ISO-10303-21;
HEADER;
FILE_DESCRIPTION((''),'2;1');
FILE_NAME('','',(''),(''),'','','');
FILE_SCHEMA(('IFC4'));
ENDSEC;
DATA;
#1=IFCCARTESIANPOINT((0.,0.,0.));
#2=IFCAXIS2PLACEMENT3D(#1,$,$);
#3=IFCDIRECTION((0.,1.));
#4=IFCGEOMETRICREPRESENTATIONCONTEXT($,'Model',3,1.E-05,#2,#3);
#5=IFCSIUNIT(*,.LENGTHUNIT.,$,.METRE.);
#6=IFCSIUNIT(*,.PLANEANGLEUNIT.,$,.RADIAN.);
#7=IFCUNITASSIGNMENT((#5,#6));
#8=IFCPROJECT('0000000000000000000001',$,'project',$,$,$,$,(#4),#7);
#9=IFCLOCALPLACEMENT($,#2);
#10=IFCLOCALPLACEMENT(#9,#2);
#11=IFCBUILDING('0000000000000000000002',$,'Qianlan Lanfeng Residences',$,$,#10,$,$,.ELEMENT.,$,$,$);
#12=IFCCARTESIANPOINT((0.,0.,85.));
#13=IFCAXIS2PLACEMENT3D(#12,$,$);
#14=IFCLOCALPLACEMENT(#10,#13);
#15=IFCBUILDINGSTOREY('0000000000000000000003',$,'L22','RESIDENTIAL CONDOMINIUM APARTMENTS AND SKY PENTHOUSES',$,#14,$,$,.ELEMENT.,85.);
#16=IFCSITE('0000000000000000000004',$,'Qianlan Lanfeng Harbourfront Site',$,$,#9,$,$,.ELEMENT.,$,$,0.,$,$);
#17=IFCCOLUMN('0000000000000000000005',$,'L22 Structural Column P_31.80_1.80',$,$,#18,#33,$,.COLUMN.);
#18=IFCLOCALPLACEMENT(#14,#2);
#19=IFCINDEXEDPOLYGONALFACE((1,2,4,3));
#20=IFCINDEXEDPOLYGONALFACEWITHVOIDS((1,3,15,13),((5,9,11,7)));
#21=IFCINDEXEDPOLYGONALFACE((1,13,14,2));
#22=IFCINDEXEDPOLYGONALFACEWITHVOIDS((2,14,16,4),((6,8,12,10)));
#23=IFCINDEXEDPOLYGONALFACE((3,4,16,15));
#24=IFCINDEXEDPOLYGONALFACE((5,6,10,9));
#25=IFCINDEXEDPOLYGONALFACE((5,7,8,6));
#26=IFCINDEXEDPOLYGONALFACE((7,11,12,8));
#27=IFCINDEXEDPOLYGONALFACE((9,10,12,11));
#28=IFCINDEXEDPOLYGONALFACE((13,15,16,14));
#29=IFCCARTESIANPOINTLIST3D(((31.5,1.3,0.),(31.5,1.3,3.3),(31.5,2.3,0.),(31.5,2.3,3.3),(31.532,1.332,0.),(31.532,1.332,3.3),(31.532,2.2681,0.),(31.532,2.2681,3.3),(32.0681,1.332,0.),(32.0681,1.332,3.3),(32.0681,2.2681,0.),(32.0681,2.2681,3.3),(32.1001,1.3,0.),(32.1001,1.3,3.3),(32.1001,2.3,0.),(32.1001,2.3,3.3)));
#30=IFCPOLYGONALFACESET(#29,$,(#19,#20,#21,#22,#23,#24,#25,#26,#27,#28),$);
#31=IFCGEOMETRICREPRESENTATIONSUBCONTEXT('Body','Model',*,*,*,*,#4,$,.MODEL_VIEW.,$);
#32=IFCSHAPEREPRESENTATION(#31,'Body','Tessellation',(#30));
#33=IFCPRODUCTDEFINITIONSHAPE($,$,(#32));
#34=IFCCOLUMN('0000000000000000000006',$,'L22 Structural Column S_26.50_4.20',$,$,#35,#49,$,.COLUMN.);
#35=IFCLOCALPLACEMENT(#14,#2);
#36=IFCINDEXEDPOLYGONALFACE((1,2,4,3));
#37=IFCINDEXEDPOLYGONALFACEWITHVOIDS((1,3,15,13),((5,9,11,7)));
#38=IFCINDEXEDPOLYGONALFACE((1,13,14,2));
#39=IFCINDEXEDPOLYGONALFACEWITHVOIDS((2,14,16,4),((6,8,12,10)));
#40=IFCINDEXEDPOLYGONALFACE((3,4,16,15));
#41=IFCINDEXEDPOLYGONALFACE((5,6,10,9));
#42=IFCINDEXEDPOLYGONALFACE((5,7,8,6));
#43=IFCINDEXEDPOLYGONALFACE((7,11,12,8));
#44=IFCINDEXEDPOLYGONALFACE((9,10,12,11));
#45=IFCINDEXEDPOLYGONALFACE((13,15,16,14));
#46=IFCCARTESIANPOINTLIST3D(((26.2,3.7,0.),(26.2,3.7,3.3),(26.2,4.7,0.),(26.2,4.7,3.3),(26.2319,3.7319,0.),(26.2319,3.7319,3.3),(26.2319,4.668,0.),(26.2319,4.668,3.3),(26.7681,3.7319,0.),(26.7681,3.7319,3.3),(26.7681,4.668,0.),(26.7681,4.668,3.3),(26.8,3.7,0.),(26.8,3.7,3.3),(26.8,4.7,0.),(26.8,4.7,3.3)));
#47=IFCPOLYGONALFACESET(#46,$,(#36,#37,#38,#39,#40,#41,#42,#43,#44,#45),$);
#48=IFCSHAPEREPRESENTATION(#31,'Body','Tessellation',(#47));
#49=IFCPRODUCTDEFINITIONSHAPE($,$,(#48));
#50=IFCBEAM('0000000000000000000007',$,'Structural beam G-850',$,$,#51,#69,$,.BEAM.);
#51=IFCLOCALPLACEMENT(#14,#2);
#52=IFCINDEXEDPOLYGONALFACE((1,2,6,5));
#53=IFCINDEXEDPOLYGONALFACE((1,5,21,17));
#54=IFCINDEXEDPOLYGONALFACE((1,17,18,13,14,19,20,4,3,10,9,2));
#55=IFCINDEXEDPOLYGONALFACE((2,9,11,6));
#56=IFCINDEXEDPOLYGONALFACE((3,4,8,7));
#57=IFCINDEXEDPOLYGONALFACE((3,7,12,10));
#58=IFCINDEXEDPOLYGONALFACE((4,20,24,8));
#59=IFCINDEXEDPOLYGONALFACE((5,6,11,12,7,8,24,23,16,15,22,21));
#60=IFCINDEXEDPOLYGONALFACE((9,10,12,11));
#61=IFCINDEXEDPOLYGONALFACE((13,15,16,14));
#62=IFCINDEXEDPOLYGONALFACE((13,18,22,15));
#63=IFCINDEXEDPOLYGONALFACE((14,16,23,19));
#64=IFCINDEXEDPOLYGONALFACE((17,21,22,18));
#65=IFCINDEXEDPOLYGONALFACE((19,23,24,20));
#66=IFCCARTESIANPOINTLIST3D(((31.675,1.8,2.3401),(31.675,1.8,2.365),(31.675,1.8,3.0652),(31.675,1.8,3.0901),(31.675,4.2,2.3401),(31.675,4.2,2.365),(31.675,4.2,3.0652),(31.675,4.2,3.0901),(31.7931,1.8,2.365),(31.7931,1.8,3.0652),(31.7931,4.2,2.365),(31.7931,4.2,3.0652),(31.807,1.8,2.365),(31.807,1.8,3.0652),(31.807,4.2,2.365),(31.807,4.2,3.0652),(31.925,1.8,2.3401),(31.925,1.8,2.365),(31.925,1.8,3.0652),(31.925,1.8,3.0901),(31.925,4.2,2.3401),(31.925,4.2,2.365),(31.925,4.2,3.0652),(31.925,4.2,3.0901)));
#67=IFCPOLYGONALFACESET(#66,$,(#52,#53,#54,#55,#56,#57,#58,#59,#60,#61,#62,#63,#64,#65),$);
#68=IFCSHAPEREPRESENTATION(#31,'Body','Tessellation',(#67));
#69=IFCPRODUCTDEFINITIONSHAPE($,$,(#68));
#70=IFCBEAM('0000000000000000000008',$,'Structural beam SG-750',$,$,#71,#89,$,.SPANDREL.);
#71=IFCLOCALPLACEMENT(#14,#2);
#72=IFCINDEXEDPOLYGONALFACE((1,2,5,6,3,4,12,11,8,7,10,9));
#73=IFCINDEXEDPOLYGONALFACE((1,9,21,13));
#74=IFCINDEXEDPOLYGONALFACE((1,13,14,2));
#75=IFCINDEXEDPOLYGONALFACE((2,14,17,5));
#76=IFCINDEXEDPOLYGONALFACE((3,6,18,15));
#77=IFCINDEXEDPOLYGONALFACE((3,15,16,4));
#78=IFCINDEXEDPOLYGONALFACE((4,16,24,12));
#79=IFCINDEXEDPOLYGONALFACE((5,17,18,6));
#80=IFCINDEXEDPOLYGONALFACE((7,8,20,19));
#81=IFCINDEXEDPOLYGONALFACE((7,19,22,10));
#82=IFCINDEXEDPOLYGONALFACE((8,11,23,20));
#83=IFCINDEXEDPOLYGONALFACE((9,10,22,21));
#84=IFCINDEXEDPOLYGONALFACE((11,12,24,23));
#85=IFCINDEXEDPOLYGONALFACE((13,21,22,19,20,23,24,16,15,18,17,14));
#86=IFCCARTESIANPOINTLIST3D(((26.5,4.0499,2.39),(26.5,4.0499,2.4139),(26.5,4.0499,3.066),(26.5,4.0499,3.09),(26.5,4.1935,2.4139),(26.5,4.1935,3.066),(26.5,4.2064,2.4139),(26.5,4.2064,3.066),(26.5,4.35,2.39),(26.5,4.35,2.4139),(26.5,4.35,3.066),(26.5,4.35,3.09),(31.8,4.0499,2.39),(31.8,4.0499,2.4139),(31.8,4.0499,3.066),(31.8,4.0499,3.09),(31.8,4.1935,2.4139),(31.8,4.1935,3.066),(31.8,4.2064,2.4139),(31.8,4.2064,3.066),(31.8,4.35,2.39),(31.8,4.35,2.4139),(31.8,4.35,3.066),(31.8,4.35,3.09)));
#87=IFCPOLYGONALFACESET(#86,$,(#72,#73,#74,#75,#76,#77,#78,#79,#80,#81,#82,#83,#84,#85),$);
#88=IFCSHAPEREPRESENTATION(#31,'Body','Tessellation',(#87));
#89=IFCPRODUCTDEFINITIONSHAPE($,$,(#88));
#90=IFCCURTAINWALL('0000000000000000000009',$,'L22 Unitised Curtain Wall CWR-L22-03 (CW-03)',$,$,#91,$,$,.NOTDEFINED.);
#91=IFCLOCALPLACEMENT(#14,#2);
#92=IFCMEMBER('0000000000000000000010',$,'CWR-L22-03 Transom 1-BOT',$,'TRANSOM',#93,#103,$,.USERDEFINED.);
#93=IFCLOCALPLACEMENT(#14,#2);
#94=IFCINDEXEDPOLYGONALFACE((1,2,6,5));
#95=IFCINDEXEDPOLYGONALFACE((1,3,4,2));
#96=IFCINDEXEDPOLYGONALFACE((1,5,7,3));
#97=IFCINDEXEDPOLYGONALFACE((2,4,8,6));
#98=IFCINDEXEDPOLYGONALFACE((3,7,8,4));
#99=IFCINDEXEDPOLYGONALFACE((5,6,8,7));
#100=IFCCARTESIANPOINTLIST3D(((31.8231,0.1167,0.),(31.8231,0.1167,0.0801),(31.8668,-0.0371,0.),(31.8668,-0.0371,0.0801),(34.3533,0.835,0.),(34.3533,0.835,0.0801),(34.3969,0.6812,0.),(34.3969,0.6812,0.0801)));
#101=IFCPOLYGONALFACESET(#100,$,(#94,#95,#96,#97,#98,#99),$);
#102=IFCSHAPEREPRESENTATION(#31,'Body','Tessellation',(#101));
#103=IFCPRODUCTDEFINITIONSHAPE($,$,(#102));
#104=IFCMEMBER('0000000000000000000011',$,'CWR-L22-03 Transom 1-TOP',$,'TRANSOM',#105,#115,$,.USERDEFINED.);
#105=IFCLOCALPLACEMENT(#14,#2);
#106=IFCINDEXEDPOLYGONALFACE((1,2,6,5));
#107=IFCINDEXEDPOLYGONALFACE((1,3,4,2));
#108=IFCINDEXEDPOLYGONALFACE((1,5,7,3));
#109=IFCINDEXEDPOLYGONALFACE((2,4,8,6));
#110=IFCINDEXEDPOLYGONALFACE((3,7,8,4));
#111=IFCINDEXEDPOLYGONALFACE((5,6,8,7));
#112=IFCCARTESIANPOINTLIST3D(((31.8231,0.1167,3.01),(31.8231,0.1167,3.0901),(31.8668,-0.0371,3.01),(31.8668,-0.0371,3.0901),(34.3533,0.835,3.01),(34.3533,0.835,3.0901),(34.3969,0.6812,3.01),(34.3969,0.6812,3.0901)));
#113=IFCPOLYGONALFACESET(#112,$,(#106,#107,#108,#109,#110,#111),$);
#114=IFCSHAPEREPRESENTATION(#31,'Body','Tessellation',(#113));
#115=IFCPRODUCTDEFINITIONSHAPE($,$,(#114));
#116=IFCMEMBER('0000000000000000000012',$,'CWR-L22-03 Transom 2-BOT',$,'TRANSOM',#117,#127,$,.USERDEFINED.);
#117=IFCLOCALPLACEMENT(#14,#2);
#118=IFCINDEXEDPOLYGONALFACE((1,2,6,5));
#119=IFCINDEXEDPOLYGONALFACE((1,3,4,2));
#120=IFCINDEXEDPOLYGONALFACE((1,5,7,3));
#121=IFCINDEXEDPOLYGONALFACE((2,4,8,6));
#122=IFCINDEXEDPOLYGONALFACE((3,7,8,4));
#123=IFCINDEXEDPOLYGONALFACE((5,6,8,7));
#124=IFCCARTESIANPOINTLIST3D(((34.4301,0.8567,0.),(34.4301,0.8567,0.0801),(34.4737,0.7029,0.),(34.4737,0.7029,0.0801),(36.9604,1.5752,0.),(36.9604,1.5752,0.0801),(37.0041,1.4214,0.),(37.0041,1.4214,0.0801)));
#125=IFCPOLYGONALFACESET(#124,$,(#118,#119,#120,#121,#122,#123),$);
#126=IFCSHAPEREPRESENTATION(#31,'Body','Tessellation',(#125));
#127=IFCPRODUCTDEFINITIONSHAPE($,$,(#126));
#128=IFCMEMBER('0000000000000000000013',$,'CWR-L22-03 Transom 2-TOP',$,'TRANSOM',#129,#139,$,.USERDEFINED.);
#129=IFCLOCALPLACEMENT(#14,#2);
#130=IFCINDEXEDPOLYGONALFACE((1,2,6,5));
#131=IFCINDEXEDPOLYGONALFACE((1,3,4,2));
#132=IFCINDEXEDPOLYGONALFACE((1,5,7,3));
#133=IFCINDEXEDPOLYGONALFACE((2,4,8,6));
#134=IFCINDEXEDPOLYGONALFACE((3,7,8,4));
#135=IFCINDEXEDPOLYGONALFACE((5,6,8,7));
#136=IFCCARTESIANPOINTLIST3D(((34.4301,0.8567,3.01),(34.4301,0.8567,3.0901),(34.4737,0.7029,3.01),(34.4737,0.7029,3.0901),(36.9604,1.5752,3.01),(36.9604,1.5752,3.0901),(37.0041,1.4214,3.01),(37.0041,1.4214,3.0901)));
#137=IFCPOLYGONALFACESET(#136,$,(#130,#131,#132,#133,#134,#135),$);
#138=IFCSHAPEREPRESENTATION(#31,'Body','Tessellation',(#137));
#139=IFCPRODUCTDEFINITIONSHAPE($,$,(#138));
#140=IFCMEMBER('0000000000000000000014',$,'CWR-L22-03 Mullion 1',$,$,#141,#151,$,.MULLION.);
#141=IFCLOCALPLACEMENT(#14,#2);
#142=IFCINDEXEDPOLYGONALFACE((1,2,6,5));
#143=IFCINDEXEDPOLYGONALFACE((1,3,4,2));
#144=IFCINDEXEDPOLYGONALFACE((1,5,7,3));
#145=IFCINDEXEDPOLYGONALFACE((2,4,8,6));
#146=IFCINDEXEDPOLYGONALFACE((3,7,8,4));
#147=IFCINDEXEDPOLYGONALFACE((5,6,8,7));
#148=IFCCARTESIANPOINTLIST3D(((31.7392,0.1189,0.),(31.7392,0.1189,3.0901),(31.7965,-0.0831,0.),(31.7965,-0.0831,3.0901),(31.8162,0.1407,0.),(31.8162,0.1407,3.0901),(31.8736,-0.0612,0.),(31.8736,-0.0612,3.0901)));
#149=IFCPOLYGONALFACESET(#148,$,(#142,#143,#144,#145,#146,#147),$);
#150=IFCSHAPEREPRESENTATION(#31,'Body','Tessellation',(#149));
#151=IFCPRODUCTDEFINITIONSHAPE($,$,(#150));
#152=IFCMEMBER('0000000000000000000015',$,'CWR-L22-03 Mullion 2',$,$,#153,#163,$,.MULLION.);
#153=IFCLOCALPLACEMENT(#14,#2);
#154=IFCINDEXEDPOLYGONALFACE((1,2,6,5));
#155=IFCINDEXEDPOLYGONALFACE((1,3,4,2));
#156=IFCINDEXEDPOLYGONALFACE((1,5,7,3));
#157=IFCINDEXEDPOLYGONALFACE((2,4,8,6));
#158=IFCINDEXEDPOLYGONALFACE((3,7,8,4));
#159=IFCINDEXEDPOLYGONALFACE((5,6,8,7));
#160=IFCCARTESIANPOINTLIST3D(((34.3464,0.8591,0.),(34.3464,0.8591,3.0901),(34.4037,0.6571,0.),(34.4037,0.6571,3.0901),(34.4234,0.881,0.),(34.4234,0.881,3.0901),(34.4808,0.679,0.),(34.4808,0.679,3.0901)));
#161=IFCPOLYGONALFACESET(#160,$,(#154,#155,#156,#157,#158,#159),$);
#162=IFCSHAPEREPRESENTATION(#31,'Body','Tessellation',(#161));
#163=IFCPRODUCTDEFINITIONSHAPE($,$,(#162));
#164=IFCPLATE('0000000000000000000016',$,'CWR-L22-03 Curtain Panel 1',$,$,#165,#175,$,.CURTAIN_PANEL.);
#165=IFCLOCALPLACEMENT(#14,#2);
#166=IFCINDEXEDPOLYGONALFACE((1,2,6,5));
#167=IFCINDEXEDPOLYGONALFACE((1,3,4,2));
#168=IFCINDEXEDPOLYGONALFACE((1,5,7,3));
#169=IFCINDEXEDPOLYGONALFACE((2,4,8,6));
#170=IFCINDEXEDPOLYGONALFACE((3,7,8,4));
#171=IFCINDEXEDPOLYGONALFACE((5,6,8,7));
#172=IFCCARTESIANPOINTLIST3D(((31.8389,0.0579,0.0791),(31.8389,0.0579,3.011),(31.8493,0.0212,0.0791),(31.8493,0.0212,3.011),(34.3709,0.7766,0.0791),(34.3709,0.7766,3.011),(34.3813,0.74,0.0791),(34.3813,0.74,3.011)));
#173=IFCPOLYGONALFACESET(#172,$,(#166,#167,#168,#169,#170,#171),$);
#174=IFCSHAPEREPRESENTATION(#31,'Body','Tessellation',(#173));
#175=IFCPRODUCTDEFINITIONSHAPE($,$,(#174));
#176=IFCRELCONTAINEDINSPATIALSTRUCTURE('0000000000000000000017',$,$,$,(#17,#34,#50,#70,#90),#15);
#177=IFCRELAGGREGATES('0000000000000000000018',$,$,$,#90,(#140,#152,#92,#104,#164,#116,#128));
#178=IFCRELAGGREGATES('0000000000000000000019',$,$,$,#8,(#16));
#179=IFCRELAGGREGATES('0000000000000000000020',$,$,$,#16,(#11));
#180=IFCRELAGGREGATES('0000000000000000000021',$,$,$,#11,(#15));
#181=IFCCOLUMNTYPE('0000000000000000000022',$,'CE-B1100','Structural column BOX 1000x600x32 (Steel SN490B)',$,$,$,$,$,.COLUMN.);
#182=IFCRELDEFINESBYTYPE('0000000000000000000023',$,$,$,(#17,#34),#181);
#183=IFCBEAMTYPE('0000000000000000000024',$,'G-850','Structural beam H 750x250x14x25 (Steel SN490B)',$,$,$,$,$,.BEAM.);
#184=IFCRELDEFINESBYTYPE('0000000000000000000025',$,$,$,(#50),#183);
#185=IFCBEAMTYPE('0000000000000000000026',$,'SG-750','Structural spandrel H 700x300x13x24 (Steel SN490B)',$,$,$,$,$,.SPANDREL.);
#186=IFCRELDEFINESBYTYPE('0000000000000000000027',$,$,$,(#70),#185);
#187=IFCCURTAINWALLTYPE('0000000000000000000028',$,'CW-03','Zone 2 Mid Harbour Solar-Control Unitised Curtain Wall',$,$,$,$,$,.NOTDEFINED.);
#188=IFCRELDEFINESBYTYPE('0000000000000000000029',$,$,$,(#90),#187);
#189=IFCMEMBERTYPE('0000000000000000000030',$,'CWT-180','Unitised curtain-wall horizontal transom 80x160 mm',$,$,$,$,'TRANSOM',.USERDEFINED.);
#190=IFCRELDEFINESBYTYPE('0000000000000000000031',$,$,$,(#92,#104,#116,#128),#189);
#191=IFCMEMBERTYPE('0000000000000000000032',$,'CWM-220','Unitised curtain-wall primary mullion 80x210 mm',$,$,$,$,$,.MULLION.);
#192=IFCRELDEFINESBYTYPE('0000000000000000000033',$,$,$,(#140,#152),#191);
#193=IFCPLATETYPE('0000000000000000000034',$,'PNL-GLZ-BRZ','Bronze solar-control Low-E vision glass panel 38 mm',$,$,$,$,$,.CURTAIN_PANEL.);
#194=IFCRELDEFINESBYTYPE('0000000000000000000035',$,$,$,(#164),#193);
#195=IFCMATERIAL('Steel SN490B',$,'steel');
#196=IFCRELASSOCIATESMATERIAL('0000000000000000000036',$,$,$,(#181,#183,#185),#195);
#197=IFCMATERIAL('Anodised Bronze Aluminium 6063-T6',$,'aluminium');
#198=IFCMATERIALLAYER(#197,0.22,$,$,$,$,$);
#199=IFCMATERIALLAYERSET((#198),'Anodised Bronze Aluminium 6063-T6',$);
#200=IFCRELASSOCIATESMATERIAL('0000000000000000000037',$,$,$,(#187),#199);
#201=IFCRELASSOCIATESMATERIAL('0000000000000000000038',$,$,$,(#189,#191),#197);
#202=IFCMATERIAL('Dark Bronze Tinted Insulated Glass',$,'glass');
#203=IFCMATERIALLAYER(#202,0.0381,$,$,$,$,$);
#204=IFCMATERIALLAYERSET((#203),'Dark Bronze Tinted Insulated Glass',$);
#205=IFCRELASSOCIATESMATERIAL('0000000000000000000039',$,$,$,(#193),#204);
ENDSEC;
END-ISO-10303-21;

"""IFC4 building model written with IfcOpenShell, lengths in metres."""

from ifc_helpers import new_model, si_unit, direction, frame, origin, origin_2d, place, context, subcontext, project, spatial, rectangle, hollow_rectangle, i_section, extrude, source, transform, mapped, material, layer, layer_set, material_profile, profile_set, type_object, element, aggregate, save


model = new_model("IFC4")

# Units and contexts
model_context = context("Model", 3, precision=1e-05, world=origin(), true_north=direction((0.0, 1.0)))
body_context = subcontext(model_context, "Body", "Model", "MODEL_VIEW")
ifc_project = project(units=[si_unit("LENGTHUNIT", "METRE"), si_unit("PLANEANGLEUNIT", "RADIAN")], contexts=[model_context])

# Site, building, storey
site_placement = place(None, origin())
site = spatial("IfcSite", under=ifc_project, at=site_placement, Name="Qianlan Lanfeng Harbourfront Site", CompositionType="ELEMENT", RefElevation=0.0)
building_placement = place(site_placement, origin())
building = spatial("IfcBuilding", under=site, at=building_placement, Name="Qianlan Lanfeng Residences", CompositionType="ELEMENT")
storey_placement = place(building_placement, frame((0.0, 0.0, 85.0)))
storey = spatial("IfcBuildingStorey", under=building, at=storey_placement, Name="L22", Description="RESIDENTIAL CONDOMINIUM APARTMENTS AND SKY PENTHOUSES", CompositionType="ELEMENT", Elevation=85.0)

# Columns
ifc_material_1 = material(Name="Steel SN490B", Category="steel")
ifc_material_profile_1 = material_profile(ifc_material_1, hollow_rectangle(XDim=0.6001, YDim=1.0, WallThickness=0.032, at=origin_2d()), Name="BOX 1000x600x32")
ifc_profile_set_1 = profile_set([ifc_material_profile_1], Name="Steel SN490B")
column_type = type_object("IfcColumnType", Name="CE-B1100", Description="Structural column BOX 1000x600x32 (Steel SN490B)", PredefinedType="COLUMN", material=ifc_profile_set_1)
for number, where, z_axis, x_axis, name in (
    (1, (31.8, 1.8, 0.0), (0.0, 0.0, 1.0), (1.0, 0.0, 0.0), "L22 Structural Column P_31.80_1.80"),
    (2, (26.5, 4.2, 0.0), (0.0, 0.0, 1.0), (1.0, 0.0, 0.0), "L22 Structural Column S_26.50_4.20"),
):
    element("IfcColumn", number, at=place(storey_placement, frame(where, z_axis=z_axis, x_axis=x_axis)), inside=storey, type_object=column_type, Name=name, PredefinedType="COLUMN", context=body_context, shape_type="SweptSolid", body=[
        extrude(hollow_rectangle(XDim=0.6001, YDim=1.0, WallThickness=0.032, at=origin_2d()), origin(), (0.0, 0.0, 1.0), 3.3),
    ])

# Beams
ifc_material_profile_2 = material_profile(ifc_material_1, i_section(OverallWidth=0.25, OverallDepth=0.75, WebThickness=0.0139, FlangeThickness=0.0249, at=origin_2d()), Name="H 750x250x14x25")
ifc_profile_set_2 = profile_set([ifc_material_profile_2], Name="Steel SN490B")
beam_type_1 = type_object("IfcBeamType", Name="G-850", Description="Structural beam H 750x250x14x25 (Steel SN490B)", PredefinedType="BEAM", material=ifc_profile_set_2)
beam_1_placement = place(storey_placement, frame((31.8, 1.8, 2.7151), z_axis=(0.0, 1.0, 0.0), x_axis=(-1.0, 0.0, 0.0)))
element("IfcBeam", 3, at=beam_1_placement, inside=storey, type_object=beam_type_1, Name="Structural beam G-850", PredefinedType="BEAM", context=body_context, shape_type="SweptSolid", body=[
    extrude(i_section(OverallWidth=0.25, OverallDepth=0.75, WebThickness=0.0139, FlangeThickness=0.0249, at=origin_2d()), origin(), (0.0, 0.0, 1.0), 2.3999),
])
ifc_material_profile_3 = material_profile(ifc_material_1, i_section(OverallWidth=0.3, OverallDepth=0.7, WebThickness=0.0129, FlangeThickness=0.0239, at=origin_2d()), Name="H 700x300x13x24")
ifc_profile_set_3 = profile_set([ifc_material_profile_3], Name="Steel SN490B")
beam_type_2 = type_object("IfcBeamType", Name="SG-750", Description="Structural spandrel H 700x300x13x24 (Steel SN490B)", PredefinedType="SPANDREL", material=ifc_profile_set_3)
beam_2_placement = place(storey_placement, frame((26.5, 4.2, 2.74), z_axis=(1.0, 0.0, 0.0), x_axis=(0.0, 1.0, 0.0)))
element("IfcBeam", 4, at=beam_2_placement, inside=storey, type_object=beam_type_2, Name="Structural beam SG-750", PredefinedType="SPANDREL", context=body_context, shape_type="SweptSolid", body=[
    extrude(i_section(OverallWidth=0.3, OverallDepth=0.7, WebThickness=0.0129, FlangeThickness=0.0239, at=origin_2d()), origin(), (0.0, 0.0, 1.0), 5.3),
])

# Curtain wall, members, plate
ifc_material_2 = material(Name="Anodised Bronze Aluminium 6063-T6", Category="aluminium")
ifc_layer_1 = layer(ifc_material_2, 0.22)
ifc_layer_set_1 = layer_set([ifc_layer_1], Name="Anodised Bronze Aluminium 6063-T6")
curtain_wall_type = type_object("IfcCurtainWallType", Name="CW-03", Description="Zone 2 Mid Harbour Solar-Control Unitised Curtain Wall", PredefinedType="NOTDEFINED", material=ifc_layer_set_1)
curtain_wall_placement = place(storey_placement, origin())
curtain_wall = element("IfcCurtainWall", 5, at=curtain_wall_placement, inside=storey, type_object=curtain_wall_type, Name="L22 Unitised Curtain Wall CWR-L22-03 (CW-03)", PredefinedType="NOTDEFINED")
ifc_material_profile_4 = material_profile(ifc_material_2, rectangle(XDim=0.0801, YDim=0.1599, at=origin_2d()), Name="ALU TRANSOM 80x160")
ifc_profile_set_4 = profile_set([ifc_material_profile_4], Name="Anodised Bronze Aluminium 6063-T6")
member_type_1 = type_object("IfcMemberType", Name="CWT-180", Description="Unitised curtain-wall horizontal transom 80x160 mm", ElementType="TRANSOM", PredefinedType="USERDEFINED", material=ifc_profile_set_4)
shared_shape_1 = source(origin(), body_context, "Body", "SweptSolid", [
    extrude(rectangle(XDim=0.0801, YDim=0.1599, at=origin_2d()), origin(), (0.0, 0.0, 1.0), 2.6301),
])
member_1_placement = place(storey_placement, frame((31.845, 0.0398, 0.04), z_axis=(0.961985, 0.273102, 0.0), x_axis=(0.0, 0.0, 1.0)))
member_1 = element("IfcMember", 6, at=member_1_placement, type_object=member_type_1, Name="CWR-L22-03 Transom 1-BOT", ObjectType="TRANSOM", PredefinedType="USERDEFINED", context=body_context, shape_type="MappedRepresentation", body=[
    mapped(shared_shape_1, transform((0.0, 0.0, 0.0), scale=1.0)),
])
member_2_placement = place(storey_placement, frame((31.845, 0.0398, 3.05), z_axis=(0.961985, 0.273102, 0.0), x_axis=(0.0, 0.0, 1.0)))
member_2 = element("IfcMember", 7, at=member_2_placement, type_object=member_type_1, Name="CWR-L22-03 Transom 1-TOP", ObjectType="TRANSOM", PredefinedType="USERDEFINED", context=body_context, shape_type="MappedRepresentation", body=[
    mapped(shared_shape_1, transform((0.0, 0.0, 0.0), scale=1.0)),
])
shared_shape_2 = source(origin(), body_context, "Body", "SweptSolid", [
    extrude(rectangle(XDim=0.0801, YDim=0.1599, at=origin_2d()), origin(), (0.0, 0.0, 1.0), 2.6304),
])
member_3_placement = place(storey_placement, frame((34.4519, 0.7798, 0.04), z_axis=(0.961968, 0.273164, 0.0), x_axis=(0.0, 0.0, 1.0)))
member_3 = element("IfcMember", 8, at=member_3_placement, type_object=member_type_1, Name="CWR-L22-03 Transom 2-BOT", ObjectType="TRANSOM", PredefinedType="USERDEFINED", context=body_context, shape_type="MappedRepresentation", body=[
    mapped(shared_shape_2, transform((0.0, 0.0, 0.0), scale=1.0)),
])
member_4_placement = place(storey_placement, frame((34.4519, 0.7798, 3.05), z_axis=(0.961968, 0.273164, 0.0), x_axis=(0.0, 0.0, 1.0)))
member_4 = element("IfcMember", 9, at=member_4_placement, type_object=member_type_1, Name="CWR-L22-03 Transom 2-TOP", ObjectType="TRANSOM", PredefinedType="USERDEFINED", context=body_context, shape_type="MappedRepresentation", body=[
    mapped(shared_shape_2, transform((0.0, 0.0, 0.0), scale=1.0)),
])
ifc_material_profile_5 = material_profile(ifc_material_2, rectangle(XDim=0.0801, YDim=0.21, at=origin_2d()), Name="ALU MULLION 80x210")
ifc_profile_set_5 = profile_set([ifc_material_profile_5], Name="Anodised Bronze Aluminium 6063-T6")
member_type_2 = type_object("IfcMemberType", Name="CWM-220", Description="Unitised curtain-wall primary mullion 80x210 mm", PredefinedType="MULLION", material=ifc_profile_set_5)
shared_shape_3 = source(origin(), body_context, "Body", "SweptSolid", [
    extrude(rectangle(XDim=0.0801, YDim=0.21, at=origin_2d()), origin(), (0.0, 0.0, 1.0), 3.0901),
])
member_5_placement = place(storey_placement, frame((31.8064, 0.0288, 0.0), z_axis=(0.0, 0.0, 1.0), x_axis=(0.961989, 0.273088, 0.0)))
member_5 = element("IfcMember", 10, at=member_5_placement, type_object=member_type_2, Name="CWR-L22-03 Mullion 1", PredefinedType="MULLION", context=body_context, shape_type="MappedRepresentation", body=[
    mapped(shared_shape_3, transform((0.0, 0.0, 0.0), scale=1.0)),
])
member_6_placement = place(storey_placement, frame((34.4136, 0.769, 0.0), z_axis=(0.0, 0.0, 1.0), x_axis=(0.961989, 0.273088, 0.0)))
member_6 = element("IfcMember", 11, at=member_6_placement, type_object=member_type_2, Name="CWR-L22-03 Mullion 2", PredefinedType="MULLION", context=body_context, shape_type="MappedRepresentation", body=[
    mapped(shared_shape_3, transform((0.0, 0.0, 0.0), scale=1.0)),
])
ifc_material_3 = material(Name="Dark Bronze Tinted Insulated Glass", Category="glass")
ifc_layer_2 = layer(ifc_material_3, 0.0381)
ifc_layer_set_2 = layer_set([ifc_layer_2], Name="Dark Bronze Tinted Insulated Glass")
plate_type = type_object("IfcPlateType", Name="PNL-GLZ-BRZ", Description="Bronze solar-control Low-E vision glass panel 38 mm", PredefinedType="CURTAIN_PANEL", material=ifc_layer_set_2)
shared_shape_4 = source(origin(), body_context, "Body", "SweptSolid", [
    extrude(rectangle(XDim=2.6321, YDim=0.0381, at=origin_2d()), origin(), (0.0, 0.0, 1.0), 2.9319),
])
plate_placement = place(storey_placement, frame((33.1101, 0.3989, 0.0791), z_axis=(0.0, 0.0, 1.0), x_axis=(0.961989, 0.273088, 0.0)))
plate = element("IfcPlate", 12, at=plate_placement, type_object=plate_type, Name="CWR-L22-03 Curtain Panel 1", PredefinedType="CURTAIN_PANEL", context=body_context, shape_type="MappedRepresentation", body=[
    mapped(shared_shape_4, transform((0.0, 0.0, 0.0), scale=1.0)),
])
aggregate(curtain_wall, [member_5, member_6, member_1, member_2, plate, member_3, member_4])

save(model, "model.ifc")
